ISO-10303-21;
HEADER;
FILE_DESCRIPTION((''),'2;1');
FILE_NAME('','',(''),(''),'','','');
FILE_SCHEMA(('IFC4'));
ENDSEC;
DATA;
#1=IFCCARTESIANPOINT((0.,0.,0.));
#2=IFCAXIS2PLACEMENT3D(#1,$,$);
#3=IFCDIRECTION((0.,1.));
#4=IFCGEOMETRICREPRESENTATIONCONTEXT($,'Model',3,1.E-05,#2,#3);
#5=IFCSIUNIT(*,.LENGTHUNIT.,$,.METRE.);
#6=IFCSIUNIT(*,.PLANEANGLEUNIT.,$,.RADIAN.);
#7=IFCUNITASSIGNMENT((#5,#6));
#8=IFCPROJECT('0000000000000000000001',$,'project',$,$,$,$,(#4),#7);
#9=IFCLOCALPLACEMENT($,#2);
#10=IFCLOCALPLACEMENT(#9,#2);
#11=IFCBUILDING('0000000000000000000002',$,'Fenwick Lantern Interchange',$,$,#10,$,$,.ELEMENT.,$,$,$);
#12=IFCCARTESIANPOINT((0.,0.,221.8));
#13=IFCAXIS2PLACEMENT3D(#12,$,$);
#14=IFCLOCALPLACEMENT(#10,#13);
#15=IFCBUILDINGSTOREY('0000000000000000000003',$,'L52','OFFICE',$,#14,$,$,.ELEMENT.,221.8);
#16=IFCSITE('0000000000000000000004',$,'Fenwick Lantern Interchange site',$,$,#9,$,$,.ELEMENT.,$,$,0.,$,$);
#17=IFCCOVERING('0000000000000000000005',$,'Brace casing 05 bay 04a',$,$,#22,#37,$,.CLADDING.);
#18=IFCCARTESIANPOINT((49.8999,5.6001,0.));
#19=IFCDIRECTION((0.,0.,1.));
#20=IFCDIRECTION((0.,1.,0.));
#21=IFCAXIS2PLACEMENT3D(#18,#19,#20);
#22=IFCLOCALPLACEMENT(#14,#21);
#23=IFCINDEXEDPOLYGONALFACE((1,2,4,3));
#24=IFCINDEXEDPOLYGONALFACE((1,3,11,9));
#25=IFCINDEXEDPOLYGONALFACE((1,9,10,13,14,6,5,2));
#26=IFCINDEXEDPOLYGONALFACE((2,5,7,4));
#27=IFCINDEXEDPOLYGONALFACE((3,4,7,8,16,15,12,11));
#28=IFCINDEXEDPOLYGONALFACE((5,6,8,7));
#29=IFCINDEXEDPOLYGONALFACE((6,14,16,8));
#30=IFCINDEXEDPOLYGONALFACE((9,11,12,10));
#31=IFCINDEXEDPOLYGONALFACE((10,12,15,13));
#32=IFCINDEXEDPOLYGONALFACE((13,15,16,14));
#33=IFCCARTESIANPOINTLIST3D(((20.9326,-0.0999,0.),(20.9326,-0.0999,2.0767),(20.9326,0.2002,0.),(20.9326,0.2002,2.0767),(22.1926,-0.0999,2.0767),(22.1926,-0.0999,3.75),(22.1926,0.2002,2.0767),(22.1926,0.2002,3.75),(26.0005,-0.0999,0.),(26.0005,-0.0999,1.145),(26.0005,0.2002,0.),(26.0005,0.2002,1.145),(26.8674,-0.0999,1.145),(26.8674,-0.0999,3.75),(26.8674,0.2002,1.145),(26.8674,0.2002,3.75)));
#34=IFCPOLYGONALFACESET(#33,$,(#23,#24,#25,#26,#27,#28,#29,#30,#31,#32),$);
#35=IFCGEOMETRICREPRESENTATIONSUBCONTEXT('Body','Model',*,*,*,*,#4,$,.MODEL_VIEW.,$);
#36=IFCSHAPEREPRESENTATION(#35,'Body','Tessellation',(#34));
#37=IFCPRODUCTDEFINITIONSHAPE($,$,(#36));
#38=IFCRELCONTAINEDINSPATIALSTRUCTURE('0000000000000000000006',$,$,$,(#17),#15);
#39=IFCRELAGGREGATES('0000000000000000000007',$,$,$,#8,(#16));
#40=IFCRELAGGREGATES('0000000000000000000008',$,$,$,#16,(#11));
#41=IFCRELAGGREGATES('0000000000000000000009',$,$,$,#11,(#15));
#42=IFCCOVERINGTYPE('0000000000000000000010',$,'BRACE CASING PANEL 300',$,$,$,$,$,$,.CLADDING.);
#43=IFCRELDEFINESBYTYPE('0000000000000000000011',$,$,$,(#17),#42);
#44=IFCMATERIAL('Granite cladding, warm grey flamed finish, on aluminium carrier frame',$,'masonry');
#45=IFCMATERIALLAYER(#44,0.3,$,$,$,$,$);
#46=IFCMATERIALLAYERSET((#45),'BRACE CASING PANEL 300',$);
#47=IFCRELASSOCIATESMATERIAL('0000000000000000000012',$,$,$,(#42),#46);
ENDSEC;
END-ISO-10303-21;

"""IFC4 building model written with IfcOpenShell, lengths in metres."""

from ifc_helpers import new_model, si_unit, direction, frame, origin, place, context, subcontext, project, spatial, polyline, outline, extrude, material, layer, layer_set, type_object, element, save


model = new_model("IFC4")

# Units and contexts
model_context = context("Model", 3, precision=1e-05, world=origin(), true_north=direction((0.0, 1.0)))
body_context = subcontext(model_context, "Body", "Model", "MODEL_VIEW")
ifc_project = project(units=[si_unit("LENGTHUNIT", "METRE"), si_unit("PLANEANGLEUNIT", "RADIAN")], contexts=[model_context])

# Site, building, storey
site_placement = place(None, origin())
site = spatial("IfcSite", under=ifc_project, at=site_placement, Name="Fenwick Lantern Interchange site", CompositionType="ELEMENT", RefElevation=0.0)
building_placement = place(site_placement, origin())
building = spatial("IfcBuilding", under=site, at=building_placement, Name="Fenwick Lantern Interchange", CompositionType="ELEMENT")
storey_placement = place(building_placement, frame((0.0, 0.0, 221.8)))
storey = spatial("IfcBuildingStorey", under=building, at=storey_placement, Name="L52", Description="OFFICE", CompositionType="ELEMENT", Elevation=221.8)

# Covering
ifc_material_1 = material(Name="Granite cladding, warm grey flamed finish, on aluminium carrier frame", Category="masonry")
ifc_layer_1 = layer(ifc_material_1, 0.3)
ifc_layer_set_1 = layer_set([ifc_layer_1], Name="BRACE CASING PANEL 300")
covering_type = type_object("IfcCoveringType", Name="BRACE CASING PANEL 300", PredefinedType="CLADDING", material=ifc_layer_set_1)
covering_1_placement = place(storey_placement, frame((49.8999, 5.6001, 0.0), z_axis=(0.0, 0.0, 1.0), x_axis=(0.0, 1.0, 0.0)))
element("IfcCovering", 1, at=covering_1_placement, inside=storey, type_object=covering_type, Name="Brace casing 05 bay 04a", PredefinedType="CLADDING", context=body_context, shape_type="SweptSolid", body=[
    extrude(outline(polyline([(20.9326, 0.0), (26.0005, 0.0), (26.0005, 1.145), (26.8674, 1.145), (26.8674, 3.75), (22.1926, 3.75), (22.1926, 2.0767), (20.9326, 2.0767), (20.9326, 0.0)])), frame((0.0, 0.2002, 0.0), z_axis=(0.0, -1.0, 0.0), x_axis=(1.0, 0.0, 0.0)), (0.0, 0.0, 1.0), 0.3),
])

save(model, "model.ifc")
